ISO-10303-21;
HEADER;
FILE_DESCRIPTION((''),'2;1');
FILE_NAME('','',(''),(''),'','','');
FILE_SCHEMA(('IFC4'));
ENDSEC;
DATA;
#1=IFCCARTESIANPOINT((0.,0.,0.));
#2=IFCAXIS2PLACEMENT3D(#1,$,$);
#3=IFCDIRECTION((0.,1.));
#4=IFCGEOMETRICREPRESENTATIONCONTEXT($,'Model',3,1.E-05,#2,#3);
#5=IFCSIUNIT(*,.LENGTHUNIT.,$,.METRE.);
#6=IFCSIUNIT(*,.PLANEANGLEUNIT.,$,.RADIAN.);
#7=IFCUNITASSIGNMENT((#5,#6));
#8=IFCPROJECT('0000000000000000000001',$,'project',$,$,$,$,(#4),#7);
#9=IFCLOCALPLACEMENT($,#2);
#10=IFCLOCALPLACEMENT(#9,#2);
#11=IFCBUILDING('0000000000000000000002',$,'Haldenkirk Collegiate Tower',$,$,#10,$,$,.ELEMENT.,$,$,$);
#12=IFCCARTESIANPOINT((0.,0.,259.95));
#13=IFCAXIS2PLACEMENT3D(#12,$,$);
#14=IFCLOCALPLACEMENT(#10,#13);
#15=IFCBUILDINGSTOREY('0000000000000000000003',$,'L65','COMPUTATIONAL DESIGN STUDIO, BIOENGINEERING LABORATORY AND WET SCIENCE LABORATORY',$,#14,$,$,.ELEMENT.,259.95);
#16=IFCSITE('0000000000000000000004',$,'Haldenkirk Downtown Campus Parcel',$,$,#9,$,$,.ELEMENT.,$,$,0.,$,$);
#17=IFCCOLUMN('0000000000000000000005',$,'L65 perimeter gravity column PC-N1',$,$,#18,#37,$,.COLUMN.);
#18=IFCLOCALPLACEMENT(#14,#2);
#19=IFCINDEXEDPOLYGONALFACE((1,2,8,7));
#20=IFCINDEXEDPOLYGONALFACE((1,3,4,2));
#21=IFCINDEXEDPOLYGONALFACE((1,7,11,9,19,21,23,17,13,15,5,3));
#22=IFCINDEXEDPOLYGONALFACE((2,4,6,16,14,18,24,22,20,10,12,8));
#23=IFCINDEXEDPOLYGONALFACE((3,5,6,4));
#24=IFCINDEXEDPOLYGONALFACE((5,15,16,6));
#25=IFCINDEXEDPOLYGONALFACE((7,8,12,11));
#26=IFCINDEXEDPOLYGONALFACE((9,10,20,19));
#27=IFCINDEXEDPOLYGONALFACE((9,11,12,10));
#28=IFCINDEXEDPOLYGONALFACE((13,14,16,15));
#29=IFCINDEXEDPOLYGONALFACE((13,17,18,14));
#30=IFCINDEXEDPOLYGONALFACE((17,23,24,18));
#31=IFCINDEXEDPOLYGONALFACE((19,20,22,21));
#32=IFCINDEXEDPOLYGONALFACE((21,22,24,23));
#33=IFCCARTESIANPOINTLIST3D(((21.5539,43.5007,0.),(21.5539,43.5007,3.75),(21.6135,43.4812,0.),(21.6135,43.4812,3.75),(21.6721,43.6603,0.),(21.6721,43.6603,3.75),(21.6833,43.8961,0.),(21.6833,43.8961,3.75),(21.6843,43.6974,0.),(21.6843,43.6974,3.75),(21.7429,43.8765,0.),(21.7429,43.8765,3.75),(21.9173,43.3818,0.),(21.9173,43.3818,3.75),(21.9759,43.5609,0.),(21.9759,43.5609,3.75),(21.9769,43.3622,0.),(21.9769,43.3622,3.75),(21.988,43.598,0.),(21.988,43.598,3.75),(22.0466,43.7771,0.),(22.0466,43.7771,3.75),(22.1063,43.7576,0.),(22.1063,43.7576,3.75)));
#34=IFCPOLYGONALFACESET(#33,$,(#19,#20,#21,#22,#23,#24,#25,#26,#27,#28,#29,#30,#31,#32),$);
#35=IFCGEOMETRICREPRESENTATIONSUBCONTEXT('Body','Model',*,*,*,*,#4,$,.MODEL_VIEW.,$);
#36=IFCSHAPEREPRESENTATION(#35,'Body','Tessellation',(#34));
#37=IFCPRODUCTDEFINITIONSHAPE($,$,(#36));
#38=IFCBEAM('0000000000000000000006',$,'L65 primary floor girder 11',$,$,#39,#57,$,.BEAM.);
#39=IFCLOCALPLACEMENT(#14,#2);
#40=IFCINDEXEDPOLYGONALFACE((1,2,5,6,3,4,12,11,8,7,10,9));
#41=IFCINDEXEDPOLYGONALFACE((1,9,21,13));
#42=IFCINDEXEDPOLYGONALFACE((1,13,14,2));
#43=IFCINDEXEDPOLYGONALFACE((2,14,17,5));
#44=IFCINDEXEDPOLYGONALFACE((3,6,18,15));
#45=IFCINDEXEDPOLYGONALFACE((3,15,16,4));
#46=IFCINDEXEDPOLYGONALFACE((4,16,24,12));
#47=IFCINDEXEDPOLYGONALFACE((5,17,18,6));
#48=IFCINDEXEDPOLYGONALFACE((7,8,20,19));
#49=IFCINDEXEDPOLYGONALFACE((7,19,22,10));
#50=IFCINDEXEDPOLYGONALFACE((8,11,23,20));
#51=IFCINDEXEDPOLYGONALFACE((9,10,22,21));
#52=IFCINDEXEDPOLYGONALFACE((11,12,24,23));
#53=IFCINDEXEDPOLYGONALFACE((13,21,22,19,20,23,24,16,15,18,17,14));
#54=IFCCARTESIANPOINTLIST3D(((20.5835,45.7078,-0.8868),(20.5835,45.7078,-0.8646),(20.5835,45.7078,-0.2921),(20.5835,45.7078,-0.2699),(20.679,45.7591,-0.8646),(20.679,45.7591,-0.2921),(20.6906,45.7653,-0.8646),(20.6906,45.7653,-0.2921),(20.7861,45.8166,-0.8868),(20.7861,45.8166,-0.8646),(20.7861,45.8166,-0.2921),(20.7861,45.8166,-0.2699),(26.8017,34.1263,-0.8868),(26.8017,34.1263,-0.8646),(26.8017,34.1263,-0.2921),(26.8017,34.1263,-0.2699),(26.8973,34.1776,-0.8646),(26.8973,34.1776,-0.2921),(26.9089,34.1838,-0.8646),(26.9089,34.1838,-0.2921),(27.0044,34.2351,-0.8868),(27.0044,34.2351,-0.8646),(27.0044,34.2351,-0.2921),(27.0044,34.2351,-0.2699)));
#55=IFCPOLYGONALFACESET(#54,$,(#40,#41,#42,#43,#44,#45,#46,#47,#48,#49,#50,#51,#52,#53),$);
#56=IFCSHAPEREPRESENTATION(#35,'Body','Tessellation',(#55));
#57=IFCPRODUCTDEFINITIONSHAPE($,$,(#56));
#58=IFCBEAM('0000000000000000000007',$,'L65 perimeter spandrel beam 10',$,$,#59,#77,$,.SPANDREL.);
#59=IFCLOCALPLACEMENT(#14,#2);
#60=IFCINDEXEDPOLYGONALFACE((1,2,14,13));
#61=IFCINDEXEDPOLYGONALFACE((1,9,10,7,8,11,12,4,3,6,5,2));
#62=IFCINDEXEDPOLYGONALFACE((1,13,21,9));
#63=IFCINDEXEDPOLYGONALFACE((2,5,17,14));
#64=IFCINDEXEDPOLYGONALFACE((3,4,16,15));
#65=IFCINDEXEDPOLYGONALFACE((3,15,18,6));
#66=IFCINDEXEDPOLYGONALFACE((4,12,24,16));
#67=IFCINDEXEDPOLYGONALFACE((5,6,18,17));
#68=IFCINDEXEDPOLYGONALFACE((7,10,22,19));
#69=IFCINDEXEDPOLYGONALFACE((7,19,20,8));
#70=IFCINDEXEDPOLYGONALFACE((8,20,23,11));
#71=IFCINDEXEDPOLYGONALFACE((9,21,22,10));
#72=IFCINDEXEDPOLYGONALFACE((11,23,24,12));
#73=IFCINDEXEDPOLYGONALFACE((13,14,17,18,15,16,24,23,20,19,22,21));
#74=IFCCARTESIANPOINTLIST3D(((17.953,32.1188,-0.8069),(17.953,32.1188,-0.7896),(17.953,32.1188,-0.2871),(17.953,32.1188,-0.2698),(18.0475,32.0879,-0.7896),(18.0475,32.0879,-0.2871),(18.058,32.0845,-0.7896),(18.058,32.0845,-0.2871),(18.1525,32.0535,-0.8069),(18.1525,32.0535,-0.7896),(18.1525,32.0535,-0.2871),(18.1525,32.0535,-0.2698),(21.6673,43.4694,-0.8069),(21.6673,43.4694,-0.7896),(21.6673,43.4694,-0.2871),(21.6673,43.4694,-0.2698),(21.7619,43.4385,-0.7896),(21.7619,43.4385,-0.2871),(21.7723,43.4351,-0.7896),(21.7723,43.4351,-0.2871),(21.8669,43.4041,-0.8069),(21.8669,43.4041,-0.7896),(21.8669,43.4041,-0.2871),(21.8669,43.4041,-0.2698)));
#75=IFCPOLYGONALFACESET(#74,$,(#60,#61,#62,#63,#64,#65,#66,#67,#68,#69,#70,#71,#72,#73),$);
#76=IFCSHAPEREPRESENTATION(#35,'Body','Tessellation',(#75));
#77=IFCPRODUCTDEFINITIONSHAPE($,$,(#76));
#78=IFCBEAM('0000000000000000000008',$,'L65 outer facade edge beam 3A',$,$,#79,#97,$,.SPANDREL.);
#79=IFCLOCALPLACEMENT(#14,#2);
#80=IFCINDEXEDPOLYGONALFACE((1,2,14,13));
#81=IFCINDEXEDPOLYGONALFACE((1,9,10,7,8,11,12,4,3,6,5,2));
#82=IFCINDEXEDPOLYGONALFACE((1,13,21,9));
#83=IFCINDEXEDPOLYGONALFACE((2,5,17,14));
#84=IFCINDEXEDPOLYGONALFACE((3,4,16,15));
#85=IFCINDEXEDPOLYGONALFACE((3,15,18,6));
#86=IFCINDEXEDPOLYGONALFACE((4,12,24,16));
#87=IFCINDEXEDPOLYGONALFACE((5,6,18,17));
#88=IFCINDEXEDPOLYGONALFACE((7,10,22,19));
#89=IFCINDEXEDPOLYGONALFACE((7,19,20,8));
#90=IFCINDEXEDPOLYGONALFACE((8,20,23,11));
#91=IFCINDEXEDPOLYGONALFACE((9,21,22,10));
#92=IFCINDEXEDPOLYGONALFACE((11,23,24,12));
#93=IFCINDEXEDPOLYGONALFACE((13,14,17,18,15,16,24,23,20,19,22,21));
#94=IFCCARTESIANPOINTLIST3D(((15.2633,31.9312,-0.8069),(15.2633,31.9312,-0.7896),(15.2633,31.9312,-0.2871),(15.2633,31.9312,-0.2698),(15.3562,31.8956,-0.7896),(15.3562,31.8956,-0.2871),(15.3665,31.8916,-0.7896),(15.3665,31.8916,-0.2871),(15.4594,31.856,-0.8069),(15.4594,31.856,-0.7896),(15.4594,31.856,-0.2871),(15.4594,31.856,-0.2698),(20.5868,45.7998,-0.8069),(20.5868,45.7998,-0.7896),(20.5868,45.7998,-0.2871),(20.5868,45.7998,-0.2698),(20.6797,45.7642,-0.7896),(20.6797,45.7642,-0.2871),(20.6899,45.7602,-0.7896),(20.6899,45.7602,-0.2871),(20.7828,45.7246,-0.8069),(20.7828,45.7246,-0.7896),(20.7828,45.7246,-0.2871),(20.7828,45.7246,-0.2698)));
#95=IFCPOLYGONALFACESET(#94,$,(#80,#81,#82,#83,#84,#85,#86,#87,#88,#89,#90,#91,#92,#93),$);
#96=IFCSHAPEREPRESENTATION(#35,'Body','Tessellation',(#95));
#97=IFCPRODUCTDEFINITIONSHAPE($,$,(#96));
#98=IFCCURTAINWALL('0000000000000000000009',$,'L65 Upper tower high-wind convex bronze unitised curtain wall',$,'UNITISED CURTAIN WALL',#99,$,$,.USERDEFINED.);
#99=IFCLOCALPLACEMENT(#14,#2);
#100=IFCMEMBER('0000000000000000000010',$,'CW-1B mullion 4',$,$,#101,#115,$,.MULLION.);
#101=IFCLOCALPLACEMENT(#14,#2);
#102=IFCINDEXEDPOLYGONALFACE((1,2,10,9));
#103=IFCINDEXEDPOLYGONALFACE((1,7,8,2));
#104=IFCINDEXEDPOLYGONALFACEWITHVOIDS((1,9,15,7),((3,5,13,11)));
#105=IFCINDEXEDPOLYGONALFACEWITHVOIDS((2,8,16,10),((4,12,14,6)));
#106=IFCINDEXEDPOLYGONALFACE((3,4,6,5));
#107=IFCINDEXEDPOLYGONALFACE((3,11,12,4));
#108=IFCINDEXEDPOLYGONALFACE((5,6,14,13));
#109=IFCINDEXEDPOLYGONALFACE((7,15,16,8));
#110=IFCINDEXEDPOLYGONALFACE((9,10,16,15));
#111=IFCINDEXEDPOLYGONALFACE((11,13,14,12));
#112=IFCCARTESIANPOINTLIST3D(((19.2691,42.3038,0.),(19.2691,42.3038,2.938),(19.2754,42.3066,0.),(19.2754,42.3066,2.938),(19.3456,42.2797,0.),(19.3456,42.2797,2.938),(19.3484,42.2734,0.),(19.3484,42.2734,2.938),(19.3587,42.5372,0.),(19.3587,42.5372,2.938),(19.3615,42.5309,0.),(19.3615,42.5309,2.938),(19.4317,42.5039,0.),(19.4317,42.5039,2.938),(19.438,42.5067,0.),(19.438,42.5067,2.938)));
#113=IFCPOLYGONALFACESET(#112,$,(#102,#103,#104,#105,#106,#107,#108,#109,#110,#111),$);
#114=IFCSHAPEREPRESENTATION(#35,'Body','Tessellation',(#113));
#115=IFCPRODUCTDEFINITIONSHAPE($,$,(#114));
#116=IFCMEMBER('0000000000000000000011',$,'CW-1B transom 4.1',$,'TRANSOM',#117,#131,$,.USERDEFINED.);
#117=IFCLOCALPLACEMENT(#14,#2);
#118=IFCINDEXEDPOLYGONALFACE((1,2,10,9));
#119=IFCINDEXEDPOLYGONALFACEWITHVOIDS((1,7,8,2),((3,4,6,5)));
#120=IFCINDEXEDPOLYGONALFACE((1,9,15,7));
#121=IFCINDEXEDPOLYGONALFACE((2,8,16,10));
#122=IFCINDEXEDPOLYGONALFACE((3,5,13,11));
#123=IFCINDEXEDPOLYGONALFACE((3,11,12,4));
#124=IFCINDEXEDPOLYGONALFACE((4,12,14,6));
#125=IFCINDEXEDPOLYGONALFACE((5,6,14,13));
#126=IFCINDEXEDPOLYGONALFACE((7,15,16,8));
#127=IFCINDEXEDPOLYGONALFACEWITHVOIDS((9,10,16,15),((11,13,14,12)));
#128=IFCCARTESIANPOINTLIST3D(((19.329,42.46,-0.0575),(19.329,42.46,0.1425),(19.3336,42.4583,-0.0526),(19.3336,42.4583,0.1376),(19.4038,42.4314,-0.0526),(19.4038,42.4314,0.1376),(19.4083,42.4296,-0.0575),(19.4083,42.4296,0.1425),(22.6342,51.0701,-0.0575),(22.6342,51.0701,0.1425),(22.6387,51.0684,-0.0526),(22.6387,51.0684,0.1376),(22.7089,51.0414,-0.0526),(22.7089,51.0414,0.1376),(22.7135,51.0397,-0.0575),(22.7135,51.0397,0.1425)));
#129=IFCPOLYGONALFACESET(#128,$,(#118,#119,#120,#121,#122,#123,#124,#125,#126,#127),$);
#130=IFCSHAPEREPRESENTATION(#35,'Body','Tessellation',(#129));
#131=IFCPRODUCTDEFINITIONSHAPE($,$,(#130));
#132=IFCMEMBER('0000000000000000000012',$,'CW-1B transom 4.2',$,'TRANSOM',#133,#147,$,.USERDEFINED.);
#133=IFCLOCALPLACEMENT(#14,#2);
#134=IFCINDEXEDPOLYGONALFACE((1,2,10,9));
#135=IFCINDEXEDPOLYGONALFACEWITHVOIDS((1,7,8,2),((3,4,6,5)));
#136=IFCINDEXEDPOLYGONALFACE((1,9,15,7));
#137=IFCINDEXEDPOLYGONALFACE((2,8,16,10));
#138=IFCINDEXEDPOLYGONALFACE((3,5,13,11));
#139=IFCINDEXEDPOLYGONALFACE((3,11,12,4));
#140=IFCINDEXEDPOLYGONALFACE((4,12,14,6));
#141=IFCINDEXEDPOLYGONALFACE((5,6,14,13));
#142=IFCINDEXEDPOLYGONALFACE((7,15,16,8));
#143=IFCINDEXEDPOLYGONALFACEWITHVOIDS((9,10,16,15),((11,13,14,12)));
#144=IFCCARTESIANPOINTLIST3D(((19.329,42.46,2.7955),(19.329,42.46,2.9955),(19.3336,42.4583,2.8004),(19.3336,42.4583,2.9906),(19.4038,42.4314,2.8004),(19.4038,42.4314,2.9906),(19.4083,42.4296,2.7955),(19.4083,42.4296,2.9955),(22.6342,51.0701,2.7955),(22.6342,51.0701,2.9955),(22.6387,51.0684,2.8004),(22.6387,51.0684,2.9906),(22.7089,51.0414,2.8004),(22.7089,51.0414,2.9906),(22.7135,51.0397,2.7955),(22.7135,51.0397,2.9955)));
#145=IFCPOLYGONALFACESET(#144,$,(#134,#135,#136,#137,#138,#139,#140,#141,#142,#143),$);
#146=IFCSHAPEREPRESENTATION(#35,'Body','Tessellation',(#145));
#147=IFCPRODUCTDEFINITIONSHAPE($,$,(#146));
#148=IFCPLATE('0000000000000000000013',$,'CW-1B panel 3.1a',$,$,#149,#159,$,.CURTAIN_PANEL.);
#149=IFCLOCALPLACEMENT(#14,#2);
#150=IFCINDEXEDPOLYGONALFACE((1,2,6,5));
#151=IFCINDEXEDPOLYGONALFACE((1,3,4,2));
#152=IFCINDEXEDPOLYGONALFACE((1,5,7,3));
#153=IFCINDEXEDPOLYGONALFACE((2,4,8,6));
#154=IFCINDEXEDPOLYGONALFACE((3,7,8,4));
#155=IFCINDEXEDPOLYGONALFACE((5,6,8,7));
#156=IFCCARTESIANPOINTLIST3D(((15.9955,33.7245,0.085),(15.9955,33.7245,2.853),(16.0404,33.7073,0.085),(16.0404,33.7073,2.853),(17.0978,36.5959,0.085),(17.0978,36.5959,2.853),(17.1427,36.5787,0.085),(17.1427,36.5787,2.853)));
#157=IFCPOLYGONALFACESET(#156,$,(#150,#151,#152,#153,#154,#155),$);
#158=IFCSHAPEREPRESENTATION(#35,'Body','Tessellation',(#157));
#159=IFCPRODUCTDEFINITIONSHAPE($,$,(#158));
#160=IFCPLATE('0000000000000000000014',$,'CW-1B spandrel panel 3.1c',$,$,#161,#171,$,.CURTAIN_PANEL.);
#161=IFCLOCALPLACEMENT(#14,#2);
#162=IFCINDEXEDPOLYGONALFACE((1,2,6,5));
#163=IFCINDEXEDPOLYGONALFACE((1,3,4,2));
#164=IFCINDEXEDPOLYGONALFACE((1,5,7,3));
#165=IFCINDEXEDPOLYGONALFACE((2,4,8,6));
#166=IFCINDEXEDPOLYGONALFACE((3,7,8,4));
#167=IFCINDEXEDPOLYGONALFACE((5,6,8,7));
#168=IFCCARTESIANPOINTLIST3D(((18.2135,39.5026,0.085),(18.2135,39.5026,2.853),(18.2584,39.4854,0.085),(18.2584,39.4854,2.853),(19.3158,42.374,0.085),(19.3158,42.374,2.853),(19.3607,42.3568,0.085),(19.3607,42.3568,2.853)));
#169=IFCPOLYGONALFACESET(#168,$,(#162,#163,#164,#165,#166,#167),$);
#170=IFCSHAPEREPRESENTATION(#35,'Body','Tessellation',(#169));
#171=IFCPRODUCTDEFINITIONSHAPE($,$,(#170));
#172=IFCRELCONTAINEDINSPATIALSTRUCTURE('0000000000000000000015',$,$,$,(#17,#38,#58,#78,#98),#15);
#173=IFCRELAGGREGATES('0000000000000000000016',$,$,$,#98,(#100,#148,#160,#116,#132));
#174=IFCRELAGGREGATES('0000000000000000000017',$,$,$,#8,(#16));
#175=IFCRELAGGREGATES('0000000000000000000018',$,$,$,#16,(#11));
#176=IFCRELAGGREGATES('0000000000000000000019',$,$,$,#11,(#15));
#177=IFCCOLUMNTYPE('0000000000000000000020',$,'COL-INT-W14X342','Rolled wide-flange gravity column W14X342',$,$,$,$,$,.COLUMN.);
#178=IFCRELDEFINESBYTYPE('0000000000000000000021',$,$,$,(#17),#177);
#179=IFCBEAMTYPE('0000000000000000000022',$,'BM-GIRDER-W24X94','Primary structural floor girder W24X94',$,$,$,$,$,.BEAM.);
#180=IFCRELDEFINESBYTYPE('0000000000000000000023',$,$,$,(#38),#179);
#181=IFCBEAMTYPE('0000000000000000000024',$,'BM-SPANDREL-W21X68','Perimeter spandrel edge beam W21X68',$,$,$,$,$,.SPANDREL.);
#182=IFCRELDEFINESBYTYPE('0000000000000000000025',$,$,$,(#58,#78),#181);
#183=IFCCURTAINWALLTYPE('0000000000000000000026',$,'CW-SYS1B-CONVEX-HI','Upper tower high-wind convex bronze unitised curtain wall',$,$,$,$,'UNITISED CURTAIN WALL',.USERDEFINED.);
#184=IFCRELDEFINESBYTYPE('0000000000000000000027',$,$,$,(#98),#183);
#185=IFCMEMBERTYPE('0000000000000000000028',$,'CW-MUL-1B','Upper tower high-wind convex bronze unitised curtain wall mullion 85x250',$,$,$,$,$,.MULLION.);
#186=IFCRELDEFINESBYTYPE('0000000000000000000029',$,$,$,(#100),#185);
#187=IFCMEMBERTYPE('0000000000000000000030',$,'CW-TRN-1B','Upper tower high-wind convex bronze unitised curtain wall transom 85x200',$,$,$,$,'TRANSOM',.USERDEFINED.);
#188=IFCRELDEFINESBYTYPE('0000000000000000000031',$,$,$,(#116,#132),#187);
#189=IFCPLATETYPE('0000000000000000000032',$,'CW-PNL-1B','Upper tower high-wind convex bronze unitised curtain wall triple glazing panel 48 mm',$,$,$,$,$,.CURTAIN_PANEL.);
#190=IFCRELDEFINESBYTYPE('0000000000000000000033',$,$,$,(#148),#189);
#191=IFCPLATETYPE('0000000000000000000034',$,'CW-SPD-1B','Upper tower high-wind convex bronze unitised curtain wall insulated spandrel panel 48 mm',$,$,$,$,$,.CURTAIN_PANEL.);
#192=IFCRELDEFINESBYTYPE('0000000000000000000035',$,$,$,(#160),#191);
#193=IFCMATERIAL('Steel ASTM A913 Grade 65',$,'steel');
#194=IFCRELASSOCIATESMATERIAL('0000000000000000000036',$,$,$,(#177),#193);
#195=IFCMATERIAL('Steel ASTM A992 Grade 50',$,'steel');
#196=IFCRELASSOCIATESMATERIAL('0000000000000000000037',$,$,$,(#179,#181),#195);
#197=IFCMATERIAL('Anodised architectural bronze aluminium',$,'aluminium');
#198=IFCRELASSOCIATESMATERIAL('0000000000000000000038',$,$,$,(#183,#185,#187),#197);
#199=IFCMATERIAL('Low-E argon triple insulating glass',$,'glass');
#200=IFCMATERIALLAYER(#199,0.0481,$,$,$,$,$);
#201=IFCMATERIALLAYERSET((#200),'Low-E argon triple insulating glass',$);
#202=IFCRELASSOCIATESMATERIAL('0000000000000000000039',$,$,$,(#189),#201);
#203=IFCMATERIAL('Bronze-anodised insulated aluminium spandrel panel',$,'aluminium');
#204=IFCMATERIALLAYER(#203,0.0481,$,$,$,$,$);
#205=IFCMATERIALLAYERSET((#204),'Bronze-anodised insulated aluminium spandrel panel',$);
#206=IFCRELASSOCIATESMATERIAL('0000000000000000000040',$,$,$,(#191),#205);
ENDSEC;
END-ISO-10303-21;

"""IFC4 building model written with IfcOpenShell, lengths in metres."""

from ifc_helpers import new_model, si_unit, direction, frame, origin, origin_2d, place, context, subcontext, project, spatial, rectangle, hollow_rectangle, i_section, extrude, source, transform, mapped, material, layer, layer_set, material_profile, profile_set, type_object, element, aggregate, save


model = new_model("IFC4")

# Units and contexts
model_context = context("Model", 3, precision=1e-05, world=origin(), true_north=direction((0.0, 1.0)))
body_context = subcontext(model_context, "Body", "Model", "MODEL_VIEW")
ifc_project = project(units=[si_unit("LENGTHUNIT", "METRE"), si_unit("PLANEANGLEUNIT", "RADIAN")], contexts=[model_context])

# Site, building, storey
site_placement = place(None, origin())
site = spatial("IfcSite", under=ifc_project, at=site_placement, Name="Haldenkirk Downtown Campus Parcel", CompositionType="ELEMENT", RefElevation=0.0)
building_placement = place(site_placement, origin())
building = spatial("IfcBuilding", under=site, at=building_placement, Name="Haldenkirk Collegiate Tower", CompositionType="ELEMENT")
storey_placement = place(building_placement, frame((0.0, 0.0, 259.95)))
storey = spatial("IfcBuildingStorey", under=building, at=storey_placement, Name="L65", Description="COMPUTATIONAL DESIGN STUDIO, BIOENGINEERING LABORATORY AND WET SCIENCE LABORATORY", CompositionType="ELEMENT", Elevation=259.95)

# Column
ifc_material_1 = material(Name="Steel ASTM A913 Grade 65", Category="steel")
ifc_material_profile_1 = material_profile(ifc_material_1, i_section(OverallWidth=0.416, OverallDepth=0.4451, WebThickness=0.0391, FlangeThickness=0.0627, at=origin_2d()), Name="W14X342")
ifc_profile_set_1 = profile_set([ifc_material_profile_1], Name="Steel ASTM A913 Grade 65")
column_type = type_object("IfcColumnType", Name="COL-INT-W14X342", Description="Rolled wide-flange gravity column W14X342", PredefinedType="COLUMN", material=ifc_profile_set_1)
column_placement = place(storey_placement, frame((21.8301, 43.6292, 0.0), z_axis=(0.0, 0.0, 1.0), x_axis=(0.311008, 0.950407, 0.0)))
element("IfcColumn", 1, at=column_placement, inside=storey, type_object=column_type, Name="L65 perimeter gravity column PC-N1", PredefinedType="COLUMN", context=body_context, shape_type="SweptSolid", body=[
    extrude(i_section(OverallWidth=0.416, OverallDepth=0.4451, WebThickness=0.0391, FlangeThickness=0.0627, at=origin_2d()), origin(), (0.0, 0.0, 1.0), 3.75),
])

# Beams
ifc_material_2 = material(Name="Steel ASTM A992 Grade 50", Category="steel")
ifc_material_profile_2 = material_profile(ifc_material_2, i_section(OverallWidth=0.23, OverallDepth=0.6169, WebThickness=0.0132, FlangeThickness=0.0222, at=origin_2d()), Name="W24X94")
ifc_profile_set_2 = profile_set([ifc_material_profile_2], Name="Steel ASTM A992 Grade 50")
beam_type_1 = type_object("IfcBeamType", Name="BM-GIRDER-W24X94", Description="Primary structural floor girder W24X94", PredefinedType="BEAM", material=ifc_profile_set_2)
beam_1_placement = place(storey_placement, frame((20.6848, 45.7622, -0.5784), z_axis=(0.473041, -0.881041, 0.0), x_axis=(0.881041, 0.473041, 0.0)))
element("IfcBeam", 2, at=beam_1_placement, inside=storey, type_object=beam_type_1, Name="L65 primary floor girder 11", PredefinedType="BEAM", context=body_context, shape_type="SweptSolid", body=[
    extrude(i_section(OverallWidth=0.23, OverallDepth=0.6169, WebThickness=0.0132, FlangeThickness=0.0222, at=origin_2d()), origin(), (0.0, 0.0, 1.0), 13.1453),
])
ifc_material_profile_3 = material_profile(ifc_material_2, i_section(OverallWidth=0.21, OverallDepth=0.5371, WebThickness=0.011, FlangeThickness=0.0173, at=origin_2d()), Name="W21X68")
ifc_profile_set_3 = profile_set([ifc_material_profile_3], Name="Steel ASTM A992 Grade 50")
beam_type_2 = type_object("IfcBeamType", Name="BM-SPANDREL-W21X68", Description="Perimeter spandrel edge beam W21X68", PredefinedType="SPANDREL", material=ifc_profile_set_3)
beam_2_placement = place(storey_placement, frame((21.7671, 43.4368, -0.5383), z_axis=(-0.31101, -0.950407, 0.0), x_axis=(0.950407, -0.31101, 0.0)))
element("IfcBeam", 3, at=beam_2_placement, inside=storey, type_object=beam_type_2, Name="L65 perimeter spandrel beam 10", PredefinedType="SPANDREL", context=body_context, shape_type="SweptSolid", body=[
    extrude(i_section(OverallWidth=0.21, OverallDepth=0.5371, WebThickness=0.011, FlangeThickness=0.0173, at=origin_2d()), origin(), (0.0, 0.0, 1.0), 11.9429),
])
beam_3_placement = place(storey_placement, frame((20.6848, 45.7622, -0.5383), z_axis=(-0.358357, -0.933585, 0.0), x_axis=(0.933585, -0.358357, 0.0)))
element("IfcBeam", 4, at=beam_3_placement, inside=storey, type_object=beam_type_2, Name="L65 outer facade edge beam 3A", PredefinedType="SPANDREL", context=body_context, shape_type="SweptSolid", body=[
    extrude(i_section(OverallWidth=0.21, OverallDepth=0.5371, WebThickness=0.011, FlangeThickness=0.0173, at=origin_2d()), origin(), (0.0, 0.0, 1.0), 14.8552),
])

# Curtain wall, members, plates
ifc_material_3 = material(Name="Anodised architectural bronze aluminium", Category="aluminium")
curtain_wall_type = type_object("IfcCurtainWallType", Name="CW-SYS1B-CONVEX-HI", Description="Upper tower high-wind convex bronze unitised curtain wall", ElementType="UNITISED CURTAIN WALL", PredefinedType="USERDEFINED", material=ifc_material_3)
curtain_wall_placement = place(storey_placement, origin())
curtain_wall = element("IfcCurtainWall", 5, at=curtain_wall_placement, inside=storey, type_object=curtain_wall_type, Name="L65 Upper tower high-wind convex bronze unitised curtain wall", ObjectType="UNITISED CURTAIN WALL", PredefinedType="USERDEFINED")
ifc_material_profile_4 = material_profile(ifc_material_3, hollow_rectangle(XDim=0.085, YDim=0.25, WallThickness=0.0049, at=origin_2d()), Name="CW-MUL-1B")
ifc_profile_set_4 = profile_set([ifc_material_profile_4], Name="Anodised architectural bronze aluminium")
member_type_1 = type_object("IfcMemberType", Name="CW-MUL-1B", Description="Upper tower high-wind convex bronze unitised curtain wall mullion 85x250", PredefinedType="MULLION", material=ifc_profile_set_4)
member_1_placement = place(storey_placement, frame((19.3535, 42.4053, 0.0), z_axis=(0.0, 0.0, 1.0), x_axis=(-0.93358, 0.358369, 0.0)))
member_1 = element("IfcMember", 6, at=member_1_placement, type_object=member_type_1, Name="CW-1B mullion 4", PredefinedType="MULLION", context=body_context, shape_type="SweptSolid", body=[
    extrude(hollow_rectangle(XDim=0.085, YDim=0.25, WallThickness=0.0049, at=origin_2d()), origin(), (0.0, 0.0, 1.0), 2.938),
])
ifc_material_profile_5 = material_profile(ifc_material_3, hollow_rectangle(XDim=0.085, YDim=0.2, WallThickness=0.0049, at=origin_2d()), Name="CW-TRN-1B")
ifc_profile_set_5 = profile_set([ifc_material_profile_5], Name="Anodised architectural bronze aluminium")
member_type_2 = type_object("IfcMemberType", Name="CW-TRN-1B", Description="Upper tower high-wind convex bronze unitised curtain wall transom 85x200", ElementType="TRANSOM", PredefinedType="USERDEFINED", material=ifc_profile_set_5)
member_2_placement = place(storey_placement, frame((19.3687, 42.4448, 0.0425), z_axis=(0.358374, 0.933578, 0.0), x_axis=(-0.933578, 0.358374, 0.0)))
member_2 = element("IfcMember", 7, at=member_2_placement, type_object=member_type_2, Name="CW-1B transom 4.1", ObjectType="TRANSOM", PredefinedType="USERDEFINED", context=body_context, shape_type="SweptSolid", body=[
    extrude(hollow_rectangle(XDim=0.085, YDim=0.2, WallThickness=0.0049, at=origin_2d()), origin(), (0.0, 0.0, 1.0), 9.2227),
])
member_3_placement = place(storey_placement, frame((19.3687, 42.4448, 2.8955), z_axis=(0.358374, 0.933578, 0.0), x_axis=(-0.933578, 0.358374, 0.0)))
member_3 = element("IfcMember", 8, at=member_3_placement, type_object=member_type_2, Name="CW-1B transom 4.2", ObjectType="TRANSOM", PredefinedType="USERDEFINED", context=body_context, shape_type="SweptSolid", body=[
    extrude(hollow_rectangle(XDim=0.085, YDim=0.2, WallThickness=0.0049, at=origin_2d()), origin(), (0.0, 0.0, 1.0), 9.2227),
])
ifc_material_4 = material(Name="Low-E argon triple insulating glass", Category="glass")
ifc_layer_1 = layer(ifc_material_4, 0.0481)
ifc_layer_set_1 = layer_set([ifc_layer_1], Name="Low-E argon triple insulating glass")
plate_type_1 = type_object("IfcPlateType", Name="CW-PNL-1B", Description="Upper tower high-wind convex bronze unitised curtain wall triple glazing panel 48 mm", PredefinedType="CURTAIN_PANEL", material=ifc_layer_set_1)
shared_shape_1 = source(origin(), body_context, "Body", "SweptSolid", [
    extrude(rectangle(XDim=3.0757, YDim=0.0481, at=origin_2d()), origin(), (0.0, 0.0, 1.0), 2.7681),
])
plate_1_placement = place(storey_placement, frame((16.5691, 35.1516, 0.085), z_axis=(0.0, 0.0, 1.0), x_axis=(0.358369, 0.93358, 0.0)))
plate_1 = element("IfcPlate", 9, at=plate_1_placement, type_object=plate_type_1, Name="CW-1B panel 3.1a", PredefinedType="CURTAIN_PANEL", context=body_context, shape_type="MappedRepresentation", body=[
    mapped(shared_shape_1, transform((0.0, 0.0, 0.0), x_axis=(1.0, 0.0, 0.0), y_axis=(0.0, 1.0, 0.0), z_axis=(0.0, 0.0, 1.0), scale=1.0)),
])
ifc_material_5 = material(Name="Bronze-anodised insulated aluminium spandrel panel", Category="aluminium")
ifc_layer_2 = layer(ifc_material_5, 0.0481)
ifc_layer_set_2 = layer_set([ifc_layer_2], Name="Bronze-anodised insulated aluminium spandrel panel")
plate_type_2 = type_object("IfcPlateType", Name="CW-SPD-1B", Description="Upper tower high-wind convex bronze unitised curtain wall insulated spandrel panel 48 mm", PredefinedType="CURTAIN_PANEL", material=ifc_layer_set_2)
plate_2_placement = place(storey_placement, frame((18.7871, 40.9297, 0.085), z_axis=(0.0, 0.0, 1.0), x_axis=(0.358369, 0.93358, 0.0)))
plate_2 = element("IfcPlate", 10, at=plate_2_placement, type_object=plate_type_2, Name="CW-1B spandrel panel 3.1c", PredefinedType="CURTAIN_PANEL", context=body_context, shape_type="MappedRepresentation", body=[
    mapped(shared_shape_1, transform((0.0, 0.0, 0.0), x_axis=(1.0, 0.0, 0.0), y_axis=(0.0, 1.0, 0.0), z_axis=(0.0, 0.0, 1.0), scale=1.0)),
])
aggregate(curtain_wall, [member_1, plate_1, plate_2, member_2, member_3])

save(model, "model.ifc")
